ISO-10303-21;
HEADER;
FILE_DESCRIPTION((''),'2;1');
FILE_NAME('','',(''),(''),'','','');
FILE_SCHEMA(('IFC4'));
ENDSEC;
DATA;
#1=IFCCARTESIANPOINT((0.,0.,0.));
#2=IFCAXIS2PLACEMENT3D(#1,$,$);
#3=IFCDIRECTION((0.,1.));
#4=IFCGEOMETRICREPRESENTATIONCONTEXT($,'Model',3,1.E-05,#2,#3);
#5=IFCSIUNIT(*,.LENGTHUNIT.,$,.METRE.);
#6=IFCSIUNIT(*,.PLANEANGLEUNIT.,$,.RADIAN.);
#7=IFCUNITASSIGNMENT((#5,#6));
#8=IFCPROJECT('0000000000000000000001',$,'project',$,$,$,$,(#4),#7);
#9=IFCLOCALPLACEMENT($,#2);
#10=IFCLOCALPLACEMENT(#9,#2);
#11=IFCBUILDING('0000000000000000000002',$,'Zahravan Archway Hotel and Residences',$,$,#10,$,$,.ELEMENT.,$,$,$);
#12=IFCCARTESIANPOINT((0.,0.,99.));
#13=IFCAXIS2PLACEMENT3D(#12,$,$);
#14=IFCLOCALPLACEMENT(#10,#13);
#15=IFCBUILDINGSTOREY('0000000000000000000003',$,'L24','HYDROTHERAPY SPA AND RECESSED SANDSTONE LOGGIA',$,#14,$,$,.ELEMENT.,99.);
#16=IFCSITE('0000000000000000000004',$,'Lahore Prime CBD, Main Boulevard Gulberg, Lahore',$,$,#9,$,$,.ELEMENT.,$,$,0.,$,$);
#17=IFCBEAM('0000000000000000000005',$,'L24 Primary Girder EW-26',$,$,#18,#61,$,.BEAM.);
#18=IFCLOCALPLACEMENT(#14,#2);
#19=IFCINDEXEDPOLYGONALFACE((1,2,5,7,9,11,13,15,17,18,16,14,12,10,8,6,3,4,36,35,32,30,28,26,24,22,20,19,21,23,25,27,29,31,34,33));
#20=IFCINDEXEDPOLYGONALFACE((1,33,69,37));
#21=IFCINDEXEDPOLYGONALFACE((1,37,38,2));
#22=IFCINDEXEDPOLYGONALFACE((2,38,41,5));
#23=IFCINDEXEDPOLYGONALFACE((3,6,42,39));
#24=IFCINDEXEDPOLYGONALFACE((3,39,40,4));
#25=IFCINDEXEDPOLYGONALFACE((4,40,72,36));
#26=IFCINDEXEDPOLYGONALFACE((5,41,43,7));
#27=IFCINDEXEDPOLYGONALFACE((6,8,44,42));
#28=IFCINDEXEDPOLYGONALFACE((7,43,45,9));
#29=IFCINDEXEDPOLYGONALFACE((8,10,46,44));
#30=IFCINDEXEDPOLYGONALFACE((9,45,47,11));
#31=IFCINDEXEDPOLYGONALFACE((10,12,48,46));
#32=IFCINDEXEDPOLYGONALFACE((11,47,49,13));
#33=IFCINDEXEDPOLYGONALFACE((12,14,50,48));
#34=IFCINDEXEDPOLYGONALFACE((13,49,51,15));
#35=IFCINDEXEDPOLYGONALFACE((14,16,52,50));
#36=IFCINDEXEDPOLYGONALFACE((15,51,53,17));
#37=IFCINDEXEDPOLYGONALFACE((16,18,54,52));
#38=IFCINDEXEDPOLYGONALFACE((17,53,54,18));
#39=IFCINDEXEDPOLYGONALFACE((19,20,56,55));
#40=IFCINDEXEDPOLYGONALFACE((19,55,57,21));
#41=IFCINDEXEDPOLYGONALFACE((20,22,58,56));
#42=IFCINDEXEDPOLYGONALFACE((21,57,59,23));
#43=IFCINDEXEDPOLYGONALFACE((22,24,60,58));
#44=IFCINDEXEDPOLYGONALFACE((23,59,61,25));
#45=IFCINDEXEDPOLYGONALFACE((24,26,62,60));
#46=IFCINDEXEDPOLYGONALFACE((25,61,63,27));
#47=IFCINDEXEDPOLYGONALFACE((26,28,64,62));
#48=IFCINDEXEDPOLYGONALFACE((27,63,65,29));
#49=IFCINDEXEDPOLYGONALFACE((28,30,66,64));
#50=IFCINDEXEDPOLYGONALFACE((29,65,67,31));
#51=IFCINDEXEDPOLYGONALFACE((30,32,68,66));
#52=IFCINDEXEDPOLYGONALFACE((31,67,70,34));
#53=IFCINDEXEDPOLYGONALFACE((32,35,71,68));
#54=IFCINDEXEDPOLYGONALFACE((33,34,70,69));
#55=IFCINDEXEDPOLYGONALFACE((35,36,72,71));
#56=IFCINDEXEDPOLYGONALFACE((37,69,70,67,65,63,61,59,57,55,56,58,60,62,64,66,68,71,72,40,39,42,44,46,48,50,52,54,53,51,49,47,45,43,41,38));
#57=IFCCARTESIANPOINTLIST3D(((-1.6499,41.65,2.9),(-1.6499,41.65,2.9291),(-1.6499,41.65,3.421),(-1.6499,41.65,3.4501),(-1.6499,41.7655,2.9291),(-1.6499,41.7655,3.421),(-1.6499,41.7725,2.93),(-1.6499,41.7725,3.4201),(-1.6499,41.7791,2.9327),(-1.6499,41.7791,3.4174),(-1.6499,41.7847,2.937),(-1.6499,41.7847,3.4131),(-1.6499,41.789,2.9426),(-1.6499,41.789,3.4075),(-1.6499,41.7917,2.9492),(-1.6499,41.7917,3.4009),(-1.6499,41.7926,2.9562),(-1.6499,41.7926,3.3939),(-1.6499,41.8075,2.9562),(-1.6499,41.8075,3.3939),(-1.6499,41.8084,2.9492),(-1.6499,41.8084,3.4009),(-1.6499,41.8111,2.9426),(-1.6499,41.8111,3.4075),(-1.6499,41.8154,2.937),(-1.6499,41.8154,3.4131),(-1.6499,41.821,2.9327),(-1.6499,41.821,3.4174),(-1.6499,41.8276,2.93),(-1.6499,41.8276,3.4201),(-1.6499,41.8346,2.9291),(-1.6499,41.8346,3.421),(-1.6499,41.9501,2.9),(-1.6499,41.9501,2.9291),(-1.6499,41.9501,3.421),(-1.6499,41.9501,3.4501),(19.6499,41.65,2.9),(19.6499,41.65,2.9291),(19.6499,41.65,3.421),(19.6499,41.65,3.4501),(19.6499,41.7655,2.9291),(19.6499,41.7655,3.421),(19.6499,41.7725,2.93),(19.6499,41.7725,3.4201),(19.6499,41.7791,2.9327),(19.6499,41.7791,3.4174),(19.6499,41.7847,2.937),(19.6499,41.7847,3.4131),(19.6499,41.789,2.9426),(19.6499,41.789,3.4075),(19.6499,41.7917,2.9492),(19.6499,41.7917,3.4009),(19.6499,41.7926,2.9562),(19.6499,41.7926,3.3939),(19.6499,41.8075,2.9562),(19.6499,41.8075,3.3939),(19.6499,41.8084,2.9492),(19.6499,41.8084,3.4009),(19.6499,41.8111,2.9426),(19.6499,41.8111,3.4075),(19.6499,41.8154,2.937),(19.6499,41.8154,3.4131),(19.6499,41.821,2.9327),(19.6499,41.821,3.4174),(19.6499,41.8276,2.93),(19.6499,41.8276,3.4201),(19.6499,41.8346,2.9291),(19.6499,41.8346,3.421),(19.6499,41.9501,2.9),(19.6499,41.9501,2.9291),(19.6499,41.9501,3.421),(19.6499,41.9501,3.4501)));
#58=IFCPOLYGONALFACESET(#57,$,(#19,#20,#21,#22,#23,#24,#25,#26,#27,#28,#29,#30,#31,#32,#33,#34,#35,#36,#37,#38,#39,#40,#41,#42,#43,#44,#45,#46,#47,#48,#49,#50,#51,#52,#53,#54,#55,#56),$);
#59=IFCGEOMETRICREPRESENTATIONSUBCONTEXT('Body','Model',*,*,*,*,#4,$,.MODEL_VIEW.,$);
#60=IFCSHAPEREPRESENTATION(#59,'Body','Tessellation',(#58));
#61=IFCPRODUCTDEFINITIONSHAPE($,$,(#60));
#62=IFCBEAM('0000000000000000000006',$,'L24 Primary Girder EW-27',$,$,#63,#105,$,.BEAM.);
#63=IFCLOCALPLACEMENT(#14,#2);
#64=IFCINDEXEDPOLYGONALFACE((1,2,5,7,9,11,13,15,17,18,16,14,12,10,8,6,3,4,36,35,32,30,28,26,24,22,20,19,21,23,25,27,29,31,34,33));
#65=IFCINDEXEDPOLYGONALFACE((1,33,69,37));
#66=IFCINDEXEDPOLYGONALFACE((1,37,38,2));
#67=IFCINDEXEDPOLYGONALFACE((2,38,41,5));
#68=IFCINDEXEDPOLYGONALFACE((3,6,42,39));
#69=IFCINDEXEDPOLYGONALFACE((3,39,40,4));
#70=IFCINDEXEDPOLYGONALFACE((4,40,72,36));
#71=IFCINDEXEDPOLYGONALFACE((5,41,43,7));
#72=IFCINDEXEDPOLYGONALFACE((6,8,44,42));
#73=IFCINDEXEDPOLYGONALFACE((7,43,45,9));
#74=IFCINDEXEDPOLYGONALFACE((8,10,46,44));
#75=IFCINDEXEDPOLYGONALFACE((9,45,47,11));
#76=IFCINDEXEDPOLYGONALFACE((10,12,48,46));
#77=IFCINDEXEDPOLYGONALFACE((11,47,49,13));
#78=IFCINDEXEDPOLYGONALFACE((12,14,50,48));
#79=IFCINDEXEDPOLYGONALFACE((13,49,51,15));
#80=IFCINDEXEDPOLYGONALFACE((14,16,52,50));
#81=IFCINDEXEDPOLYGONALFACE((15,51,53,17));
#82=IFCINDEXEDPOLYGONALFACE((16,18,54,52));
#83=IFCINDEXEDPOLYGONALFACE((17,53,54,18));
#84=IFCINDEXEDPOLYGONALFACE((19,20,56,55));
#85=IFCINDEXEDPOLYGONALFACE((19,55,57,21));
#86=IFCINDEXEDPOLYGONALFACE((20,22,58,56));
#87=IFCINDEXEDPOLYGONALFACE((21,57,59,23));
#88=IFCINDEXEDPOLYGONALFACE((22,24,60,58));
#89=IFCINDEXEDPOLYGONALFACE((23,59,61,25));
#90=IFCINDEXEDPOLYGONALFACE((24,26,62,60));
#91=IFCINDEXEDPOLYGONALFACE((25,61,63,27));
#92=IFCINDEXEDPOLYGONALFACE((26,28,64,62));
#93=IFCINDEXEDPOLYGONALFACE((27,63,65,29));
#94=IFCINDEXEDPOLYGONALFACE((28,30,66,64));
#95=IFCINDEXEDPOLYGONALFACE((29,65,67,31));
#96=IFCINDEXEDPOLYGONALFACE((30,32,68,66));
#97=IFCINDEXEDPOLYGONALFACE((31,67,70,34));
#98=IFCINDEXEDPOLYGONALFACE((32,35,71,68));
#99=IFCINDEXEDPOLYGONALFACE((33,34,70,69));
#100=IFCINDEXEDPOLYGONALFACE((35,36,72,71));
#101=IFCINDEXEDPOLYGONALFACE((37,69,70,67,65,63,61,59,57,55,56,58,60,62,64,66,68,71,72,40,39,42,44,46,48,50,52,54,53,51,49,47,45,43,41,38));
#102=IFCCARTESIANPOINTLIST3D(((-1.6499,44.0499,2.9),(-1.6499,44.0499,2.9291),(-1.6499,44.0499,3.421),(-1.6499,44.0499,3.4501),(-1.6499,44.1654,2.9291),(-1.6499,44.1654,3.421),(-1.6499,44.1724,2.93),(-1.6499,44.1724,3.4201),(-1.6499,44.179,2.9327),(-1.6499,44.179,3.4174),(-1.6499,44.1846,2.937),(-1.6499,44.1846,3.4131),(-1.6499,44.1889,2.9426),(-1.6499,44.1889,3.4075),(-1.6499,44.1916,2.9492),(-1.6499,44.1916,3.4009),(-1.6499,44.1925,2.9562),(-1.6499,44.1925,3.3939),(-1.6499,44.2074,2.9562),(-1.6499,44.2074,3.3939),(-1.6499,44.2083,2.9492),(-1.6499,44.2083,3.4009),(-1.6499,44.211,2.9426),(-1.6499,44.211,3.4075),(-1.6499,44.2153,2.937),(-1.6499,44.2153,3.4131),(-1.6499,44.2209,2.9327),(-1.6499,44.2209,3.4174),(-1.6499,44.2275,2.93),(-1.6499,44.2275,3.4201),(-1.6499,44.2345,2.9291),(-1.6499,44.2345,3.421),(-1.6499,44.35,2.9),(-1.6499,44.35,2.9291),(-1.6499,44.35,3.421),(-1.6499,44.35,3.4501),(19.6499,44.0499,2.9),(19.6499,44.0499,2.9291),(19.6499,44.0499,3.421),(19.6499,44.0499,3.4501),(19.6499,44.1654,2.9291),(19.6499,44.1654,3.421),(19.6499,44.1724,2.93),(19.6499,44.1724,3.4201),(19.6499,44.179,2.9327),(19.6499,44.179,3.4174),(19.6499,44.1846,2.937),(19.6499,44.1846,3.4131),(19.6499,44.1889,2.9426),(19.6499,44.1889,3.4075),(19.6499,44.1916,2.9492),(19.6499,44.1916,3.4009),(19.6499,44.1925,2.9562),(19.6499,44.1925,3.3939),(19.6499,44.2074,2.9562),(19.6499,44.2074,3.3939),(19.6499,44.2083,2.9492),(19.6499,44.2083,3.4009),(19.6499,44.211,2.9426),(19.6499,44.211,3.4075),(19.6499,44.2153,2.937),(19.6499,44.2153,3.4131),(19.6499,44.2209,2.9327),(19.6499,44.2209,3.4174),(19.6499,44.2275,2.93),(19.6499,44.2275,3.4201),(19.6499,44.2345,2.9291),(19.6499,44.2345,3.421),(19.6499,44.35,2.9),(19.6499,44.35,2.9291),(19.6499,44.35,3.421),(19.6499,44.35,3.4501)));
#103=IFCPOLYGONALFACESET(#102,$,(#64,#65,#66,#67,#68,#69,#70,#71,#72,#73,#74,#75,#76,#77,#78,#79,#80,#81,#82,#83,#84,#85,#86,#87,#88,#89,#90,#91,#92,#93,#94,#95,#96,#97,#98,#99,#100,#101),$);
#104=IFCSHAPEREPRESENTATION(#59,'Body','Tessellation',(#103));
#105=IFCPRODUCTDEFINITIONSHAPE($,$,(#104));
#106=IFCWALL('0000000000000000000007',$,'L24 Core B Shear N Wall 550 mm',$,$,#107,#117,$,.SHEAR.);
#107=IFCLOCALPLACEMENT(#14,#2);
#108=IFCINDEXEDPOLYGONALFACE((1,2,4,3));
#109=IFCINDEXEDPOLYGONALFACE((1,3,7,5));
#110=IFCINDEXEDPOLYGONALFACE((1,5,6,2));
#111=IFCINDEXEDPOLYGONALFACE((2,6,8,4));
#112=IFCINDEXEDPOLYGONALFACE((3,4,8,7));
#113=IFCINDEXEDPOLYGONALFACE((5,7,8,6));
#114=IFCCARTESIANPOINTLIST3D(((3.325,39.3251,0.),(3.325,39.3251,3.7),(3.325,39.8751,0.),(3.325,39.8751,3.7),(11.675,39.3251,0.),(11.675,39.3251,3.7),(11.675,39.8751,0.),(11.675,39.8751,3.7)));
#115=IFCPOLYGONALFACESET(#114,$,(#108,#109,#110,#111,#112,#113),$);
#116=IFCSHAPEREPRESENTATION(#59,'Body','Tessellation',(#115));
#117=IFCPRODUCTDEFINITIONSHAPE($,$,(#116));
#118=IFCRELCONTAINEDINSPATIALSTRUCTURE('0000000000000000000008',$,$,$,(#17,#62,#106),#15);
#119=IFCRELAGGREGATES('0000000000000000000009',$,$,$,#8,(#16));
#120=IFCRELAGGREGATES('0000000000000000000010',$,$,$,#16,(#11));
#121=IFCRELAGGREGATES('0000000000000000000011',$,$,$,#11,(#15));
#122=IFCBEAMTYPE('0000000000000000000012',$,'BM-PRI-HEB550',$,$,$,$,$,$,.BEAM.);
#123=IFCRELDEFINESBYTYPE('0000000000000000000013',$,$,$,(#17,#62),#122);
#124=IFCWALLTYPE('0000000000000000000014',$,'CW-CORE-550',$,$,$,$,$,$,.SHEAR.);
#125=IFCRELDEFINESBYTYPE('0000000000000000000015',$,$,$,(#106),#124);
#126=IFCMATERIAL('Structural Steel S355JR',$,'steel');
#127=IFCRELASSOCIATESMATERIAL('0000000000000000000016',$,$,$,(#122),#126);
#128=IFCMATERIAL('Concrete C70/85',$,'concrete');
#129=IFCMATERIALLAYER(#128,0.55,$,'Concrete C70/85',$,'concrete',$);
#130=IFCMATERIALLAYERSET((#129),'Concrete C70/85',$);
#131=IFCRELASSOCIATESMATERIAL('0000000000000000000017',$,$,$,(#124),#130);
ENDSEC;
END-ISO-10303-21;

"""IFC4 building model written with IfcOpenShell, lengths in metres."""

from ifc_helpers import new_model, si_unit, direction, frame, frame_2d, origin, origin_2d, place, context, subcontext, project, spatial, rectangle, i_section, extrude, source, transform, mapped, material, layer, layer_set, material_profile, profile_set, type_object, element, save


model = new_model("IFC4")

# Units and contexts
model_context = context("Model", 3, precision=1e-05, world=origin(), true_north=direction((0.0, 1.0)))
body_context = subcontext(model_context, "Body", "Model", "MODEL_VIEW")
ifc_project = project(units=[si_unit("LENGTHUNIT", "METRE"), si_unit("PLANEANGLEUNIT", "RADIAN")], contexts=[model_context])

# Site, building, storey
site_placement = place(None, origin())
site = spatial("IfcSite", under=ifc_project, at=site_placement, Name="Lahore Prime CBD, Main Boulevard Gulberg, Lahore", CompositionType="ELEMENT", RefElevation=0.0)
building_placement = place(site_placement, origin())
building = spatial("IfcBuilding", under=site, at=building_placement, Name="Zahravan Archway Hotel and Residences", CompositionType="ELEMENT")
storey_placement = place(building_placement, frame((0.0, 0.0, 99.0)))
storey = spatial("IfcBuildingStorey", under=building, at=storey_placement, Name="L24", Description="HYDROTHERAPY SPA AND RECESSED SANDSTONE LOGGIA", CompositionType="ELEMENT", Elevation=99.0)

# Shared definitions
ifc_material_1 = material(Name="Concrete C70/85", Category="concrete")

# Beams
ifc_material_2 = material(Name="Structural Steel S355JR", Category="steel")
ifc_material_profile_1 = material_profile(ifc_material_2, i_section(OverallWidth=0.3, OverallDepth=0.55, WebThickness=0.0149, FlangeThickness=0.0291, FilletRadius=0.0271, at=origin_2d()), Name="HEB 550", Category="steel")
ifc_profile_set_1 = profile_set([ifc_material_profile_1], Name="Structural Steel S355JR")
beam_type_1 = type_object("IfcBeamType", Name="BM-PRI-HEB550", PredefinedType="BEAM", material=ifc_profile_set_1)
shared_shape_1 = source(origin(), body_context, "Body", "SweptSolid", [
    extrude(i_section(OverallWidth=0.3, OverallDepth=0.55, WebThickness=0.0149, FlangeThickness=0.0291, FilletRadius=0.0271, at=origin_2d()), origin(), (0.0, 0.0, 1.0), 21.2998),
])
for number, where, z_axis, x_axis, name in (
    (1, (-1.6499, 41.8, 3.175), (1.0, 0.0, 0.0), (0.0, 1.0, 0.0), "L24 Primary Girder EW-26"),
    (2, (-1.6499, 44.2, 3.175), (1.0, 0.0, 0.0), (0.0, 1.0, 0.0), "L24 Primary Girder EW-27"),
):
    element("IfcBeam", number, at=place(storey_placement, frame(where, z_axis=z_axis, x_axis=x_axis)), inside=storey, type_object=beam_type_1, Name=name, PredefinedType="BEAM", context=body_context, shape_type="MappedRepresentation", body=[
        mapped(shared_shape_1, transform((0.0, 0.0, 0.0), scale=1.0)),
    ])

# Wall
ifc_layer_1 = layer(ifc_material_1, 0.55, Name="Concrete C70/85", Category="concrete")
ifc_layer_set_1 = layer_set([ifc_layer_1], Name="Concrete C70/85")
wall_type_1 = type_object("IfcWallType", Name="CW-CORE-550", PredefinedType="SHEAR", material=ifc_layer_set_1)
wall_1_placement = place(storey_placement, frame((3.325, 39.6001, 0.0), z_axis=(0.0, 0.0, 1.0), x_axis=(1.0, 0.0, 0.0)))
element("IfcWall", 3, at=wall_1_placement, inside=storey, type_object=wall_type_1, Name="L24 Core B Shear N Wall 550 mm", PredefinedType="SHEAR", context=body_context, shape_type="SweptSolid", body=[
    extrude(rectangle(XDim=8.3501, YDim=0.55, at=frame_2d((4.175, 0.0))), origin(), (0.0, 0.0, 1.0), 3.7),
])

save(model, "model.ifc")
